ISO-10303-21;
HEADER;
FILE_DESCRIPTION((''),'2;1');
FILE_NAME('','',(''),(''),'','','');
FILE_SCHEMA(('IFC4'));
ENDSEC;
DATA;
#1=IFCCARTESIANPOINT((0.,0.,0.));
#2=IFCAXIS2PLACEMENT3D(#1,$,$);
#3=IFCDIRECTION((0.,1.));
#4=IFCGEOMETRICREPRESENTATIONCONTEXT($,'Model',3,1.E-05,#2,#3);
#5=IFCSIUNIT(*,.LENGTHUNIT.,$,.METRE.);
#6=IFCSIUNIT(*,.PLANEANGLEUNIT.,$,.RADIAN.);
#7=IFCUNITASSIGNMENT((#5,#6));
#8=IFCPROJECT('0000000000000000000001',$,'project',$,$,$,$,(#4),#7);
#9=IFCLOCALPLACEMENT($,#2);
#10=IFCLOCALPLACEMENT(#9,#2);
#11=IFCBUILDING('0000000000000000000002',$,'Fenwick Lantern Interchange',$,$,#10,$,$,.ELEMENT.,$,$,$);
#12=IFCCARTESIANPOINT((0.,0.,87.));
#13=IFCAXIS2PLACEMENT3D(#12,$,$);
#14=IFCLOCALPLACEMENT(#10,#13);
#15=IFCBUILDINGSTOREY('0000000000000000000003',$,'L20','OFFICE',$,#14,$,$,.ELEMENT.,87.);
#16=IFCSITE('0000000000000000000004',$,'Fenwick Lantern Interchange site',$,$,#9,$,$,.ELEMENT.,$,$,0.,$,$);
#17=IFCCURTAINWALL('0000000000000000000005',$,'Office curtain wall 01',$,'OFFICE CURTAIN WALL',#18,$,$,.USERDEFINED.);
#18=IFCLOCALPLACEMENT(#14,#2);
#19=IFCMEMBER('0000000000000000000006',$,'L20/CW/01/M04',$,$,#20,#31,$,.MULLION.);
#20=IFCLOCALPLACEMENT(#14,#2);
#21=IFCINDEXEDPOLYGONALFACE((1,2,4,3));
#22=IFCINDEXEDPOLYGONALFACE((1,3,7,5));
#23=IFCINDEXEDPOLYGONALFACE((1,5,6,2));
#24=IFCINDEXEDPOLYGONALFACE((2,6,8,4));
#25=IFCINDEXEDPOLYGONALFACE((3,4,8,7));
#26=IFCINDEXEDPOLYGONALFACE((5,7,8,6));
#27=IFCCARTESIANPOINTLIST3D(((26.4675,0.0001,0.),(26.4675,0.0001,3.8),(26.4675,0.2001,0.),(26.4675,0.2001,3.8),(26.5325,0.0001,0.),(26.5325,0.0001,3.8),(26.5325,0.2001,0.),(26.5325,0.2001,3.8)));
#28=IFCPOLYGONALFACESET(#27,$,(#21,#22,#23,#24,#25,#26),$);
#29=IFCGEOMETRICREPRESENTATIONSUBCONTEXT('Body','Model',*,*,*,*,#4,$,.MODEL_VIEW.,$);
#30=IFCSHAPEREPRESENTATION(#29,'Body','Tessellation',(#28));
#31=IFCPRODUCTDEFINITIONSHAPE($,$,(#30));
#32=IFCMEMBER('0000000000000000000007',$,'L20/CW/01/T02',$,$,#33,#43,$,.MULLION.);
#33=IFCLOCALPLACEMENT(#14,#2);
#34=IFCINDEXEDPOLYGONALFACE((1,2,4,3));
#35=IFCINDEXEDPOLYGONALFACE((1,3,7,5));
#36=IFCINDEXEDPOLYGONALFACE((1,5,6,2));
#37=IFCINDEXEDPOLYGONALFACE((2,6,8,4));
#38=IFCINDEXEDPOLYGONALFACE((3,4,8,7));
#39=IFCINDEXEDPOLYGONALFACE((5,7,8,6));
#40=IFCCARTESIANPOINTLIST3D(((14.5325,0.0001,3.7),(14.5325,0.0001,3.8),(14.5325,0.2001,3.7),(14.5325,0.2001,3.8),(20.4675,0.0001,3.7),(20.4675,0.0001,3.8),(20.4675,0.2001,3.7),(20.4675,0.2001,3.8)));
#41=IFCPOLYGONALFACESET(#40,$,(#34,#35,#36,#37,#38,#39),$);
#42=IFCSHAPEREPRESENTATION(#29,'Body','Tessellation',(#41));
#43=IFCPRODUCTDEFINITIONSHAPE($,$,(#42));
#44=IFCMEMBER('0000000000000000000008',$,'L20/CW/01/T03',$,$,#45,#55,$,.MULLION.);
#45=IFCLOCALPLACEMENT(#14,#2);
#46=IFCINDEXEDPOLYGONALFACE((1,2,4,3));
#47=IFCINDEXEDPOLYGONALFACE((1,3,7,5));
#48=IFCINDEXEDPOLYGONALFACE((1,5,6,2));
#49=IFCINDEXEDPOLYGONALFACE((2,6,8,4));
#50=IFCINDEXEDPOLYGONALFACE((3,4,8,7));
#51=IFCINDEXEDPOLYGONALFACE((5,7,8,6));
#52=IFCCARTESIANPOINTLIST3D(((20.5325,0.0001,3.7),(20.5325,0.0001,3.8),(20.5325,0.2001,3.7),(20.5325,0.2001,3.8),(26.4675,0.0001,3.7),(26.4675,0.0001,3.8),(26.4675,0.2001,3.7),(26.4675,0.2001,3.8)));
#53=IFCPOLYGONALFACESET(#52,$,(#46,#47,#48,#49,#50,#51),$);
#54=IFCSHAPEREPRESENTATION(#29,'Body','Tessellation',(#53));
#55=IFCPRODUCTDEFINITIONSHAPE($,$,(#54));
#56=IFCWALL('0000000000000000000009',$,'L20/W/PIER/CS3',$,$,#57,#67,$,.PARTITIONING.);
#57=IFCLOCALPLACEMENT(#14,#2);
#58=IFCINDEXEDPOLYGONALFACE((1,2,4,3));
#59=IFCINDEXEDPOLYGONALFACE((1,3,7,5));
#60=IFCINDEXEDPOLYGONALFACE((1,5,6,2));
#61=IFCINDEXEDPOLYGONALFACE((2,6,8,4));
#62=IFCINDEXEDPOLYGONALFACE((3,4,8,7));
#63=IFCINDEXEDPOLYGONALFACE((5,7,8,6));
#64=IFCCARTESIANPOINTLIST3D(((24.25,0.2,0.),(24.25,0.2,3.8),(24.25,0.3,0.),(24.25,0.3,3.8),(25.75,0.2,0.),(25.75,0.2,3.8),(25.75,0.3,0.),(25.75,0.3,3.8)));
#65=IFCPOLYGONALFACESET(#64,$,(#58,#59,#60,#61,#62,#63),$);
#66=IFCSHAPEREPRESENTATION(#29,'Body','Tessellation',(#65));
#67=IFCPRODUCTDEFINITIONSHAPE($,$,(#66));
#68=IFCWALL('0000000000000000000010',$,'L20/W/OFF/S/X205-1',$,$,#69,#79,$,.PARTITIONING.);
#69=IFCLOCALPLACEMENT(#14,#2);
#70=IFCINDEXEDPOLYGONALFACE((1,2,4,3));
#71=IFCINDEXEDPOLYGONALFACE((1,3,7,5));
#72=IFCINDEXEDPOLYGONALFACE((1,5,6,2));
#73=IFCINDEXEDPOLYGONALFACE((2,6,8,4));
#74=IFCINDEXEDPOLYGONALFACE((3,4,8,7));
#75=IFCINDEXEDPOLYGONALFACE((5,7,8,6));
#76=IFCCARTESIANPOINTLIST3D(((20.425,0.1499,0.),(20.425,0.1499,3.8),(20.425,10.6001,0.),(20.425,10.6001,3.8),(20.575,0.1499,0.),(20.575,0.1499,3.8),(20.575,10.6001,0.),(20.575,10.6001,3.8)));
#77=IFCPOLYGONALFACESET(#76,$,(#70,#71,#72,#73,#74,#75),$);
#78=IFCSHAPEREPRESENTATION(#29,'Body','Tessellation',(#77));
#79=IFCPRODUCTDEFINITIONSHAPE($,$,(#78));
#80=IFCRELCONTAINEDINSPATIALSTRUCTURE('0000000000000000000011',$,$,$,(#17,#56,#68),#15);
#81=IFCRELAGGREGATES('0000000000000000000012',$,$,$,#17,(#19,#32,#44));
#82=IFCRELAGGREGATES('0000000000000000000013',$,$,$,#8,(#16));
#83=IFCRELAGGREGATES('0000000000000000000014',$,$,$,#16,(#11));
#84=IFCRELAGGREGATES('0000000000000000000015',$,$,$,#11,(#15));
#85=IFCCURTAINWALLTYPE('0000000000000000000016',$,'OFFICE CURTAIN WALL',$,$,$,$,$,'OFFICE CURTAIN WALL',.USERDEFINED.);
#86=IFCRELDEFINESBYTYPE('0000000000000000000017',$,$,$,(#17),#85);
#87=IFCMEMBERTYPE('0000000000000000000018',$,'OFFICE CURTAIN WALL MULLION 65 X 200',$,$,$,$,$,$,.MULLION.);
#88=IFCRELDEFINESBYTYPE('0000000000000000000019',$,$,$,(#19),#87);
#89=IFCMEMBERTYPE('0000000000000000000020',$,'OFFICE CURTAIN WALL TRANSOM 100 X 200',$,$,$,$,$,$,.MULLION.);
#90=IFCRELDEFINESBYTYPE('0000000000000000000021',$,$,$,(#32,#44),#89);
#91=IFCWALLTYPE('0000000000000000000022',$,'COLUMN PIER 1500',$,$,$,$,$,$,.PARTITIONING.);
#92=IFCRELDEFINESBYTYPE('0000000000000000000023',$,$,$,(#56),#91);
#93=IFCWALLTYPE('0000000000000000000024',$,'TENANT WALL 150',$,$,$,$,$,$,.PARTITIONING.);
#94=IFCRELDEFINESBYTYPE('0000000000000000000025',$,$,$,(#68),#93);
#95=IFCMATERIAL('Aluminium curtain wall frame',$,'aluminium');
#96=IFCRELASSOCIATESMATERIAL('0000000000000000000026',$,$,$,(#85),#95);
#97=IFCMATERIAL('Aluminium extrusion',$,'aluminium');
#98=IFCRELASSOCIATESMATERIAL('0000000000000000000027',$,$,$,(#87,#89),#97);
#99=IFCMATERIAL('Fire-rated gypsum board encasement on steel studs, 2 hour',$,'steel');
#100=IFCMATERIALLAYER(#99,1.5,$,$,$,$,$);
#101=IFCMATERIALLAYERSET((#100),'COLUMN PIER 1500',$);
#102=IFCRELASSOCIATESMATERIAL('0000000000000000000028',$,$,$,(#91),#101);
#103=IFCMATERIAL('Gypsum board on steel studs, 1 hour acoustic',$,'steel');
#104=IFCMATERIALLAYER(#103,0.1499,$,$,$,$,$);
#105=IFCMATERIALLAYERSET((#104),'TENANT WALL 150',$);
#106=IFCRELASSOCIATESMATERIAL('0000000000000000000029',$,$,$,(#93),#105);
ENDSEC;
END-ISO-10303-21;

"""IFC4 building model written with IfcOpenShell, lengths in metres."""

from ifc_helpers import new_model, si_unit, direction, frame, frame_2d, origin, origin_2d, place, context, subcontext, project, spatial, rectangle, extrude, material, layer, layer_set, material_profile, profile_set, type_object, element, aggregate, save


model = new_model("IFC4")

# Units and contexts
model_context = context("Model", 3, precision=1e-05, world=origin(), true_north=direction((0.0, 1.0)))
body_context = subcontext(model_context, "Body", "Model", "MODEL_VIEW")
ifc_project = project(units=[si_unit("LENGTHUNIT", "METRE"), si_unit("PLANEANGLEUNIT", "RADIAN")], contexts=[model_context])

# Site, building, storey
site_placement = place(None, origin())
site = spatial("IfcSite", under=ifc_project, at=site_placement, Name="Fenwick Lantern Interchange site", CompositionType="ELEMENT", RefElevation=0.0)
building_placement = place(site_placement, origin())
building = spatial("IfcBuilding", under=site, at=building_placement, Name="Fenwick Lantern Interchange", CompositionType="ELEMENT")
storey_placement = place(building_placement, frame((0.0, 0.0, 87.0)))
storey = spatial("IfcBuildingStorey", under=building, at=storey_placement, Name="L20", Description="OFFICE", CompositionType="ELEMENT", Elevation=87.0)

# Curtain wall, members
ifc_material_1 = material(Name="Aluminium curtain wall frame", Category="aluminium")
curtain_wall_type = type_object("IfcCurtainWallType", Name="OFFICE CURTAIN WALL", ElementType="OFFICE CURTAIN WALL", PredefinedType="USERDEFINED", material=ifc_material_1)
curtain_wall_placement = place(storey_placement, origin())
curtain_wall = element("IfcCurtainWall", 1, at=curtain_wall_placement, inside=storey, type_object=curtain_wall_type, Name="Office curtain wall 01", ObjectType="OFFICE CURTAIN WALL", PredefinedType="USERDEFINED")
ifc_material_2 = material(Name="Aluminium extrusion", Category="aluminium")
ifc_material_profile_1 = material_profile(ifc_material_2, rectangle(XDim=0.2, YDim=0.0649, at=origin_2d()), Name="OFFICE CURTAIN WALL MULLION 65 X 200")
ifc_profile_set_1 = profile_set([ifc_material_profile_1], Name="Aluminium extrusion")
member_type_1 = type_object("IfcMemberType", Name="OFFICE CURTAIN WALL MULLION 65 X 200", PredefinedType="MULLION", material=ifc_profile_set_1)
member_1_placement = place(storey_placement, frame((26.5, 0.1001, 0.0), z_axis=(0.0, 0.0, 1.0), x_axis=(0.0, 1.0, 0.0)))
member_1 = element("IfcMember", 2, at=member_1_placement, type_object=member_type_1, Name="L20/CW/01/M04", PredefinedType="MULLION", context=body_context, shape_type="SweptSolid", body=[
    extrude(rectangle(XDim=0.2, YDim=0.0649, at=origin_2d()), origin(), (0.0, 0.0, 1.0), 3.8),
])
ifc_material_profile_2 = material_profile(ifc_material_2, rectangle(XDim=0.2, YDim=0.1001, at=origin_2d()), Name="OFFICE CURTAIN WALL TRANSOM 100 X 200")
ifc_profile_set_2 = profile_set([ifc_material_profile_2], Name="Aluminium extrusion")
member_type_2 = type_object("IfcMemberType", Name="OFFICE CURTAIN WALL TRANSOM 100 X 200", PredefinedType="MULLION", material=ifc_profile_set_2)
member_2_placement = place(storey_placement, frame((14.5325, 0.1001, 3.75), z_axis=(1.0, 0.0, 0.0), x_axis=(0.0, 1.0, 0.0)))
member_2 = element("IfcMember", 3, at=member_2_placement, type_object=member_type_2, Name="L20/CW/01/T02", PredefinedType="MULLION", context=body_context, shape_type="SweptSolid", body=[
    extrude(rectangle(XDim=0.2, YDim=0.1001, at=origin_2d()), origin(), (0.0, 0.0, 1.0), 5.9351),
])
member_3_placement = place(storey_placement, frame((20.5325, 0.1001, 3.75), z_axis=(1.0, 0.0, 0.0), x_axis=(0.0, 1.0, 0.0)))
member_3 = element("IfcMember", 4, at=member_3_placement, type_object=member_type_2, Name="L20/CW/01/T03", PredefinedType="MULLION", context=body_context, shape_type="SweptSolid", body=[
    extrude(rectangle(XDim=0.2, YDim=0.1001, at=origin_2d()), origin(), (0.0, 0.0, 1.0), 5.9351),
])
aggregate(curtain_wall, [member_1, member_2, member_3])

# Walls
ifc_material_3 = material(Name="Fire-rated gypsum board encasement on steel studs, 2 hour", Category="steel")
ifc_layer_1 = layer(ifc_material_3, 1.5)
ifc_layer_set_1 = layer_set([ifc_layer_1], Name="COLUMN PIER 1500")
wall_type_1 = type_object("IfcWallType", Name="COLUMN PIER 1500", PredefinedType="PARTITIONING", material=ifc_layer_set_1)
wall_1_placement = place(storey_placement, frame((25.0, 0.2, 0.0), z_axis=(0.0, 0.0, 1.0), x_axis=(0.0, 1.0, 0.0)))
element("IfcWall", 5, at=wall_1_placement, inside=storey, type_object=wall_type_1, Name="L20/W/PIER/CS3", PredefinedType="PARTITIONING", context=body_context, shape_type="SweptSolid", body=[
    extrude(rectangle(XDim=0.1001, YDim=1.5, at=frame_2d((0.05, 0.0))), origin(), (0.0, 0.0, 1.0), 3.8),
])
ifc_material_4 = material(Name="Gypsum board on steel studs, 1 hour acoustic", Category="steel")
ifc_layer_2 = layer(ifc_material_4, 0.1499)
ifc_layer_set_2 = layer_set([ifc_layer_2], Name="TENANT WALL 150")
wall_type_2 = type_object("IfcWallType", Name="TENANT WALL 150", PredefinedType="PARTITIONING", material=ifc_layer_set_2)
wall_2_placement = place(storey_placement, frame((20.5, 0.1499, 0.0), z_axis=(0.0, 0.0, 1.0), x_axis=(0.0, 1.0, 0.0)))
element("IfcWall", 6, at=wall_2_placement, inside=storey, type_object=wall_type_2, Name="L20/W/OFF/S/X205-1", PredefinedType="PARTITIONING", context=body_context, shape_type="SweptSolid", body=[
    extrude(rectangle(XDim=10.4502, YDim=0.1499, at=frame_2d((5.2251, 0.0))), origin(), (0.0, 0.0, 1.0), 3.8),
])

save(model, "model.ifc")
